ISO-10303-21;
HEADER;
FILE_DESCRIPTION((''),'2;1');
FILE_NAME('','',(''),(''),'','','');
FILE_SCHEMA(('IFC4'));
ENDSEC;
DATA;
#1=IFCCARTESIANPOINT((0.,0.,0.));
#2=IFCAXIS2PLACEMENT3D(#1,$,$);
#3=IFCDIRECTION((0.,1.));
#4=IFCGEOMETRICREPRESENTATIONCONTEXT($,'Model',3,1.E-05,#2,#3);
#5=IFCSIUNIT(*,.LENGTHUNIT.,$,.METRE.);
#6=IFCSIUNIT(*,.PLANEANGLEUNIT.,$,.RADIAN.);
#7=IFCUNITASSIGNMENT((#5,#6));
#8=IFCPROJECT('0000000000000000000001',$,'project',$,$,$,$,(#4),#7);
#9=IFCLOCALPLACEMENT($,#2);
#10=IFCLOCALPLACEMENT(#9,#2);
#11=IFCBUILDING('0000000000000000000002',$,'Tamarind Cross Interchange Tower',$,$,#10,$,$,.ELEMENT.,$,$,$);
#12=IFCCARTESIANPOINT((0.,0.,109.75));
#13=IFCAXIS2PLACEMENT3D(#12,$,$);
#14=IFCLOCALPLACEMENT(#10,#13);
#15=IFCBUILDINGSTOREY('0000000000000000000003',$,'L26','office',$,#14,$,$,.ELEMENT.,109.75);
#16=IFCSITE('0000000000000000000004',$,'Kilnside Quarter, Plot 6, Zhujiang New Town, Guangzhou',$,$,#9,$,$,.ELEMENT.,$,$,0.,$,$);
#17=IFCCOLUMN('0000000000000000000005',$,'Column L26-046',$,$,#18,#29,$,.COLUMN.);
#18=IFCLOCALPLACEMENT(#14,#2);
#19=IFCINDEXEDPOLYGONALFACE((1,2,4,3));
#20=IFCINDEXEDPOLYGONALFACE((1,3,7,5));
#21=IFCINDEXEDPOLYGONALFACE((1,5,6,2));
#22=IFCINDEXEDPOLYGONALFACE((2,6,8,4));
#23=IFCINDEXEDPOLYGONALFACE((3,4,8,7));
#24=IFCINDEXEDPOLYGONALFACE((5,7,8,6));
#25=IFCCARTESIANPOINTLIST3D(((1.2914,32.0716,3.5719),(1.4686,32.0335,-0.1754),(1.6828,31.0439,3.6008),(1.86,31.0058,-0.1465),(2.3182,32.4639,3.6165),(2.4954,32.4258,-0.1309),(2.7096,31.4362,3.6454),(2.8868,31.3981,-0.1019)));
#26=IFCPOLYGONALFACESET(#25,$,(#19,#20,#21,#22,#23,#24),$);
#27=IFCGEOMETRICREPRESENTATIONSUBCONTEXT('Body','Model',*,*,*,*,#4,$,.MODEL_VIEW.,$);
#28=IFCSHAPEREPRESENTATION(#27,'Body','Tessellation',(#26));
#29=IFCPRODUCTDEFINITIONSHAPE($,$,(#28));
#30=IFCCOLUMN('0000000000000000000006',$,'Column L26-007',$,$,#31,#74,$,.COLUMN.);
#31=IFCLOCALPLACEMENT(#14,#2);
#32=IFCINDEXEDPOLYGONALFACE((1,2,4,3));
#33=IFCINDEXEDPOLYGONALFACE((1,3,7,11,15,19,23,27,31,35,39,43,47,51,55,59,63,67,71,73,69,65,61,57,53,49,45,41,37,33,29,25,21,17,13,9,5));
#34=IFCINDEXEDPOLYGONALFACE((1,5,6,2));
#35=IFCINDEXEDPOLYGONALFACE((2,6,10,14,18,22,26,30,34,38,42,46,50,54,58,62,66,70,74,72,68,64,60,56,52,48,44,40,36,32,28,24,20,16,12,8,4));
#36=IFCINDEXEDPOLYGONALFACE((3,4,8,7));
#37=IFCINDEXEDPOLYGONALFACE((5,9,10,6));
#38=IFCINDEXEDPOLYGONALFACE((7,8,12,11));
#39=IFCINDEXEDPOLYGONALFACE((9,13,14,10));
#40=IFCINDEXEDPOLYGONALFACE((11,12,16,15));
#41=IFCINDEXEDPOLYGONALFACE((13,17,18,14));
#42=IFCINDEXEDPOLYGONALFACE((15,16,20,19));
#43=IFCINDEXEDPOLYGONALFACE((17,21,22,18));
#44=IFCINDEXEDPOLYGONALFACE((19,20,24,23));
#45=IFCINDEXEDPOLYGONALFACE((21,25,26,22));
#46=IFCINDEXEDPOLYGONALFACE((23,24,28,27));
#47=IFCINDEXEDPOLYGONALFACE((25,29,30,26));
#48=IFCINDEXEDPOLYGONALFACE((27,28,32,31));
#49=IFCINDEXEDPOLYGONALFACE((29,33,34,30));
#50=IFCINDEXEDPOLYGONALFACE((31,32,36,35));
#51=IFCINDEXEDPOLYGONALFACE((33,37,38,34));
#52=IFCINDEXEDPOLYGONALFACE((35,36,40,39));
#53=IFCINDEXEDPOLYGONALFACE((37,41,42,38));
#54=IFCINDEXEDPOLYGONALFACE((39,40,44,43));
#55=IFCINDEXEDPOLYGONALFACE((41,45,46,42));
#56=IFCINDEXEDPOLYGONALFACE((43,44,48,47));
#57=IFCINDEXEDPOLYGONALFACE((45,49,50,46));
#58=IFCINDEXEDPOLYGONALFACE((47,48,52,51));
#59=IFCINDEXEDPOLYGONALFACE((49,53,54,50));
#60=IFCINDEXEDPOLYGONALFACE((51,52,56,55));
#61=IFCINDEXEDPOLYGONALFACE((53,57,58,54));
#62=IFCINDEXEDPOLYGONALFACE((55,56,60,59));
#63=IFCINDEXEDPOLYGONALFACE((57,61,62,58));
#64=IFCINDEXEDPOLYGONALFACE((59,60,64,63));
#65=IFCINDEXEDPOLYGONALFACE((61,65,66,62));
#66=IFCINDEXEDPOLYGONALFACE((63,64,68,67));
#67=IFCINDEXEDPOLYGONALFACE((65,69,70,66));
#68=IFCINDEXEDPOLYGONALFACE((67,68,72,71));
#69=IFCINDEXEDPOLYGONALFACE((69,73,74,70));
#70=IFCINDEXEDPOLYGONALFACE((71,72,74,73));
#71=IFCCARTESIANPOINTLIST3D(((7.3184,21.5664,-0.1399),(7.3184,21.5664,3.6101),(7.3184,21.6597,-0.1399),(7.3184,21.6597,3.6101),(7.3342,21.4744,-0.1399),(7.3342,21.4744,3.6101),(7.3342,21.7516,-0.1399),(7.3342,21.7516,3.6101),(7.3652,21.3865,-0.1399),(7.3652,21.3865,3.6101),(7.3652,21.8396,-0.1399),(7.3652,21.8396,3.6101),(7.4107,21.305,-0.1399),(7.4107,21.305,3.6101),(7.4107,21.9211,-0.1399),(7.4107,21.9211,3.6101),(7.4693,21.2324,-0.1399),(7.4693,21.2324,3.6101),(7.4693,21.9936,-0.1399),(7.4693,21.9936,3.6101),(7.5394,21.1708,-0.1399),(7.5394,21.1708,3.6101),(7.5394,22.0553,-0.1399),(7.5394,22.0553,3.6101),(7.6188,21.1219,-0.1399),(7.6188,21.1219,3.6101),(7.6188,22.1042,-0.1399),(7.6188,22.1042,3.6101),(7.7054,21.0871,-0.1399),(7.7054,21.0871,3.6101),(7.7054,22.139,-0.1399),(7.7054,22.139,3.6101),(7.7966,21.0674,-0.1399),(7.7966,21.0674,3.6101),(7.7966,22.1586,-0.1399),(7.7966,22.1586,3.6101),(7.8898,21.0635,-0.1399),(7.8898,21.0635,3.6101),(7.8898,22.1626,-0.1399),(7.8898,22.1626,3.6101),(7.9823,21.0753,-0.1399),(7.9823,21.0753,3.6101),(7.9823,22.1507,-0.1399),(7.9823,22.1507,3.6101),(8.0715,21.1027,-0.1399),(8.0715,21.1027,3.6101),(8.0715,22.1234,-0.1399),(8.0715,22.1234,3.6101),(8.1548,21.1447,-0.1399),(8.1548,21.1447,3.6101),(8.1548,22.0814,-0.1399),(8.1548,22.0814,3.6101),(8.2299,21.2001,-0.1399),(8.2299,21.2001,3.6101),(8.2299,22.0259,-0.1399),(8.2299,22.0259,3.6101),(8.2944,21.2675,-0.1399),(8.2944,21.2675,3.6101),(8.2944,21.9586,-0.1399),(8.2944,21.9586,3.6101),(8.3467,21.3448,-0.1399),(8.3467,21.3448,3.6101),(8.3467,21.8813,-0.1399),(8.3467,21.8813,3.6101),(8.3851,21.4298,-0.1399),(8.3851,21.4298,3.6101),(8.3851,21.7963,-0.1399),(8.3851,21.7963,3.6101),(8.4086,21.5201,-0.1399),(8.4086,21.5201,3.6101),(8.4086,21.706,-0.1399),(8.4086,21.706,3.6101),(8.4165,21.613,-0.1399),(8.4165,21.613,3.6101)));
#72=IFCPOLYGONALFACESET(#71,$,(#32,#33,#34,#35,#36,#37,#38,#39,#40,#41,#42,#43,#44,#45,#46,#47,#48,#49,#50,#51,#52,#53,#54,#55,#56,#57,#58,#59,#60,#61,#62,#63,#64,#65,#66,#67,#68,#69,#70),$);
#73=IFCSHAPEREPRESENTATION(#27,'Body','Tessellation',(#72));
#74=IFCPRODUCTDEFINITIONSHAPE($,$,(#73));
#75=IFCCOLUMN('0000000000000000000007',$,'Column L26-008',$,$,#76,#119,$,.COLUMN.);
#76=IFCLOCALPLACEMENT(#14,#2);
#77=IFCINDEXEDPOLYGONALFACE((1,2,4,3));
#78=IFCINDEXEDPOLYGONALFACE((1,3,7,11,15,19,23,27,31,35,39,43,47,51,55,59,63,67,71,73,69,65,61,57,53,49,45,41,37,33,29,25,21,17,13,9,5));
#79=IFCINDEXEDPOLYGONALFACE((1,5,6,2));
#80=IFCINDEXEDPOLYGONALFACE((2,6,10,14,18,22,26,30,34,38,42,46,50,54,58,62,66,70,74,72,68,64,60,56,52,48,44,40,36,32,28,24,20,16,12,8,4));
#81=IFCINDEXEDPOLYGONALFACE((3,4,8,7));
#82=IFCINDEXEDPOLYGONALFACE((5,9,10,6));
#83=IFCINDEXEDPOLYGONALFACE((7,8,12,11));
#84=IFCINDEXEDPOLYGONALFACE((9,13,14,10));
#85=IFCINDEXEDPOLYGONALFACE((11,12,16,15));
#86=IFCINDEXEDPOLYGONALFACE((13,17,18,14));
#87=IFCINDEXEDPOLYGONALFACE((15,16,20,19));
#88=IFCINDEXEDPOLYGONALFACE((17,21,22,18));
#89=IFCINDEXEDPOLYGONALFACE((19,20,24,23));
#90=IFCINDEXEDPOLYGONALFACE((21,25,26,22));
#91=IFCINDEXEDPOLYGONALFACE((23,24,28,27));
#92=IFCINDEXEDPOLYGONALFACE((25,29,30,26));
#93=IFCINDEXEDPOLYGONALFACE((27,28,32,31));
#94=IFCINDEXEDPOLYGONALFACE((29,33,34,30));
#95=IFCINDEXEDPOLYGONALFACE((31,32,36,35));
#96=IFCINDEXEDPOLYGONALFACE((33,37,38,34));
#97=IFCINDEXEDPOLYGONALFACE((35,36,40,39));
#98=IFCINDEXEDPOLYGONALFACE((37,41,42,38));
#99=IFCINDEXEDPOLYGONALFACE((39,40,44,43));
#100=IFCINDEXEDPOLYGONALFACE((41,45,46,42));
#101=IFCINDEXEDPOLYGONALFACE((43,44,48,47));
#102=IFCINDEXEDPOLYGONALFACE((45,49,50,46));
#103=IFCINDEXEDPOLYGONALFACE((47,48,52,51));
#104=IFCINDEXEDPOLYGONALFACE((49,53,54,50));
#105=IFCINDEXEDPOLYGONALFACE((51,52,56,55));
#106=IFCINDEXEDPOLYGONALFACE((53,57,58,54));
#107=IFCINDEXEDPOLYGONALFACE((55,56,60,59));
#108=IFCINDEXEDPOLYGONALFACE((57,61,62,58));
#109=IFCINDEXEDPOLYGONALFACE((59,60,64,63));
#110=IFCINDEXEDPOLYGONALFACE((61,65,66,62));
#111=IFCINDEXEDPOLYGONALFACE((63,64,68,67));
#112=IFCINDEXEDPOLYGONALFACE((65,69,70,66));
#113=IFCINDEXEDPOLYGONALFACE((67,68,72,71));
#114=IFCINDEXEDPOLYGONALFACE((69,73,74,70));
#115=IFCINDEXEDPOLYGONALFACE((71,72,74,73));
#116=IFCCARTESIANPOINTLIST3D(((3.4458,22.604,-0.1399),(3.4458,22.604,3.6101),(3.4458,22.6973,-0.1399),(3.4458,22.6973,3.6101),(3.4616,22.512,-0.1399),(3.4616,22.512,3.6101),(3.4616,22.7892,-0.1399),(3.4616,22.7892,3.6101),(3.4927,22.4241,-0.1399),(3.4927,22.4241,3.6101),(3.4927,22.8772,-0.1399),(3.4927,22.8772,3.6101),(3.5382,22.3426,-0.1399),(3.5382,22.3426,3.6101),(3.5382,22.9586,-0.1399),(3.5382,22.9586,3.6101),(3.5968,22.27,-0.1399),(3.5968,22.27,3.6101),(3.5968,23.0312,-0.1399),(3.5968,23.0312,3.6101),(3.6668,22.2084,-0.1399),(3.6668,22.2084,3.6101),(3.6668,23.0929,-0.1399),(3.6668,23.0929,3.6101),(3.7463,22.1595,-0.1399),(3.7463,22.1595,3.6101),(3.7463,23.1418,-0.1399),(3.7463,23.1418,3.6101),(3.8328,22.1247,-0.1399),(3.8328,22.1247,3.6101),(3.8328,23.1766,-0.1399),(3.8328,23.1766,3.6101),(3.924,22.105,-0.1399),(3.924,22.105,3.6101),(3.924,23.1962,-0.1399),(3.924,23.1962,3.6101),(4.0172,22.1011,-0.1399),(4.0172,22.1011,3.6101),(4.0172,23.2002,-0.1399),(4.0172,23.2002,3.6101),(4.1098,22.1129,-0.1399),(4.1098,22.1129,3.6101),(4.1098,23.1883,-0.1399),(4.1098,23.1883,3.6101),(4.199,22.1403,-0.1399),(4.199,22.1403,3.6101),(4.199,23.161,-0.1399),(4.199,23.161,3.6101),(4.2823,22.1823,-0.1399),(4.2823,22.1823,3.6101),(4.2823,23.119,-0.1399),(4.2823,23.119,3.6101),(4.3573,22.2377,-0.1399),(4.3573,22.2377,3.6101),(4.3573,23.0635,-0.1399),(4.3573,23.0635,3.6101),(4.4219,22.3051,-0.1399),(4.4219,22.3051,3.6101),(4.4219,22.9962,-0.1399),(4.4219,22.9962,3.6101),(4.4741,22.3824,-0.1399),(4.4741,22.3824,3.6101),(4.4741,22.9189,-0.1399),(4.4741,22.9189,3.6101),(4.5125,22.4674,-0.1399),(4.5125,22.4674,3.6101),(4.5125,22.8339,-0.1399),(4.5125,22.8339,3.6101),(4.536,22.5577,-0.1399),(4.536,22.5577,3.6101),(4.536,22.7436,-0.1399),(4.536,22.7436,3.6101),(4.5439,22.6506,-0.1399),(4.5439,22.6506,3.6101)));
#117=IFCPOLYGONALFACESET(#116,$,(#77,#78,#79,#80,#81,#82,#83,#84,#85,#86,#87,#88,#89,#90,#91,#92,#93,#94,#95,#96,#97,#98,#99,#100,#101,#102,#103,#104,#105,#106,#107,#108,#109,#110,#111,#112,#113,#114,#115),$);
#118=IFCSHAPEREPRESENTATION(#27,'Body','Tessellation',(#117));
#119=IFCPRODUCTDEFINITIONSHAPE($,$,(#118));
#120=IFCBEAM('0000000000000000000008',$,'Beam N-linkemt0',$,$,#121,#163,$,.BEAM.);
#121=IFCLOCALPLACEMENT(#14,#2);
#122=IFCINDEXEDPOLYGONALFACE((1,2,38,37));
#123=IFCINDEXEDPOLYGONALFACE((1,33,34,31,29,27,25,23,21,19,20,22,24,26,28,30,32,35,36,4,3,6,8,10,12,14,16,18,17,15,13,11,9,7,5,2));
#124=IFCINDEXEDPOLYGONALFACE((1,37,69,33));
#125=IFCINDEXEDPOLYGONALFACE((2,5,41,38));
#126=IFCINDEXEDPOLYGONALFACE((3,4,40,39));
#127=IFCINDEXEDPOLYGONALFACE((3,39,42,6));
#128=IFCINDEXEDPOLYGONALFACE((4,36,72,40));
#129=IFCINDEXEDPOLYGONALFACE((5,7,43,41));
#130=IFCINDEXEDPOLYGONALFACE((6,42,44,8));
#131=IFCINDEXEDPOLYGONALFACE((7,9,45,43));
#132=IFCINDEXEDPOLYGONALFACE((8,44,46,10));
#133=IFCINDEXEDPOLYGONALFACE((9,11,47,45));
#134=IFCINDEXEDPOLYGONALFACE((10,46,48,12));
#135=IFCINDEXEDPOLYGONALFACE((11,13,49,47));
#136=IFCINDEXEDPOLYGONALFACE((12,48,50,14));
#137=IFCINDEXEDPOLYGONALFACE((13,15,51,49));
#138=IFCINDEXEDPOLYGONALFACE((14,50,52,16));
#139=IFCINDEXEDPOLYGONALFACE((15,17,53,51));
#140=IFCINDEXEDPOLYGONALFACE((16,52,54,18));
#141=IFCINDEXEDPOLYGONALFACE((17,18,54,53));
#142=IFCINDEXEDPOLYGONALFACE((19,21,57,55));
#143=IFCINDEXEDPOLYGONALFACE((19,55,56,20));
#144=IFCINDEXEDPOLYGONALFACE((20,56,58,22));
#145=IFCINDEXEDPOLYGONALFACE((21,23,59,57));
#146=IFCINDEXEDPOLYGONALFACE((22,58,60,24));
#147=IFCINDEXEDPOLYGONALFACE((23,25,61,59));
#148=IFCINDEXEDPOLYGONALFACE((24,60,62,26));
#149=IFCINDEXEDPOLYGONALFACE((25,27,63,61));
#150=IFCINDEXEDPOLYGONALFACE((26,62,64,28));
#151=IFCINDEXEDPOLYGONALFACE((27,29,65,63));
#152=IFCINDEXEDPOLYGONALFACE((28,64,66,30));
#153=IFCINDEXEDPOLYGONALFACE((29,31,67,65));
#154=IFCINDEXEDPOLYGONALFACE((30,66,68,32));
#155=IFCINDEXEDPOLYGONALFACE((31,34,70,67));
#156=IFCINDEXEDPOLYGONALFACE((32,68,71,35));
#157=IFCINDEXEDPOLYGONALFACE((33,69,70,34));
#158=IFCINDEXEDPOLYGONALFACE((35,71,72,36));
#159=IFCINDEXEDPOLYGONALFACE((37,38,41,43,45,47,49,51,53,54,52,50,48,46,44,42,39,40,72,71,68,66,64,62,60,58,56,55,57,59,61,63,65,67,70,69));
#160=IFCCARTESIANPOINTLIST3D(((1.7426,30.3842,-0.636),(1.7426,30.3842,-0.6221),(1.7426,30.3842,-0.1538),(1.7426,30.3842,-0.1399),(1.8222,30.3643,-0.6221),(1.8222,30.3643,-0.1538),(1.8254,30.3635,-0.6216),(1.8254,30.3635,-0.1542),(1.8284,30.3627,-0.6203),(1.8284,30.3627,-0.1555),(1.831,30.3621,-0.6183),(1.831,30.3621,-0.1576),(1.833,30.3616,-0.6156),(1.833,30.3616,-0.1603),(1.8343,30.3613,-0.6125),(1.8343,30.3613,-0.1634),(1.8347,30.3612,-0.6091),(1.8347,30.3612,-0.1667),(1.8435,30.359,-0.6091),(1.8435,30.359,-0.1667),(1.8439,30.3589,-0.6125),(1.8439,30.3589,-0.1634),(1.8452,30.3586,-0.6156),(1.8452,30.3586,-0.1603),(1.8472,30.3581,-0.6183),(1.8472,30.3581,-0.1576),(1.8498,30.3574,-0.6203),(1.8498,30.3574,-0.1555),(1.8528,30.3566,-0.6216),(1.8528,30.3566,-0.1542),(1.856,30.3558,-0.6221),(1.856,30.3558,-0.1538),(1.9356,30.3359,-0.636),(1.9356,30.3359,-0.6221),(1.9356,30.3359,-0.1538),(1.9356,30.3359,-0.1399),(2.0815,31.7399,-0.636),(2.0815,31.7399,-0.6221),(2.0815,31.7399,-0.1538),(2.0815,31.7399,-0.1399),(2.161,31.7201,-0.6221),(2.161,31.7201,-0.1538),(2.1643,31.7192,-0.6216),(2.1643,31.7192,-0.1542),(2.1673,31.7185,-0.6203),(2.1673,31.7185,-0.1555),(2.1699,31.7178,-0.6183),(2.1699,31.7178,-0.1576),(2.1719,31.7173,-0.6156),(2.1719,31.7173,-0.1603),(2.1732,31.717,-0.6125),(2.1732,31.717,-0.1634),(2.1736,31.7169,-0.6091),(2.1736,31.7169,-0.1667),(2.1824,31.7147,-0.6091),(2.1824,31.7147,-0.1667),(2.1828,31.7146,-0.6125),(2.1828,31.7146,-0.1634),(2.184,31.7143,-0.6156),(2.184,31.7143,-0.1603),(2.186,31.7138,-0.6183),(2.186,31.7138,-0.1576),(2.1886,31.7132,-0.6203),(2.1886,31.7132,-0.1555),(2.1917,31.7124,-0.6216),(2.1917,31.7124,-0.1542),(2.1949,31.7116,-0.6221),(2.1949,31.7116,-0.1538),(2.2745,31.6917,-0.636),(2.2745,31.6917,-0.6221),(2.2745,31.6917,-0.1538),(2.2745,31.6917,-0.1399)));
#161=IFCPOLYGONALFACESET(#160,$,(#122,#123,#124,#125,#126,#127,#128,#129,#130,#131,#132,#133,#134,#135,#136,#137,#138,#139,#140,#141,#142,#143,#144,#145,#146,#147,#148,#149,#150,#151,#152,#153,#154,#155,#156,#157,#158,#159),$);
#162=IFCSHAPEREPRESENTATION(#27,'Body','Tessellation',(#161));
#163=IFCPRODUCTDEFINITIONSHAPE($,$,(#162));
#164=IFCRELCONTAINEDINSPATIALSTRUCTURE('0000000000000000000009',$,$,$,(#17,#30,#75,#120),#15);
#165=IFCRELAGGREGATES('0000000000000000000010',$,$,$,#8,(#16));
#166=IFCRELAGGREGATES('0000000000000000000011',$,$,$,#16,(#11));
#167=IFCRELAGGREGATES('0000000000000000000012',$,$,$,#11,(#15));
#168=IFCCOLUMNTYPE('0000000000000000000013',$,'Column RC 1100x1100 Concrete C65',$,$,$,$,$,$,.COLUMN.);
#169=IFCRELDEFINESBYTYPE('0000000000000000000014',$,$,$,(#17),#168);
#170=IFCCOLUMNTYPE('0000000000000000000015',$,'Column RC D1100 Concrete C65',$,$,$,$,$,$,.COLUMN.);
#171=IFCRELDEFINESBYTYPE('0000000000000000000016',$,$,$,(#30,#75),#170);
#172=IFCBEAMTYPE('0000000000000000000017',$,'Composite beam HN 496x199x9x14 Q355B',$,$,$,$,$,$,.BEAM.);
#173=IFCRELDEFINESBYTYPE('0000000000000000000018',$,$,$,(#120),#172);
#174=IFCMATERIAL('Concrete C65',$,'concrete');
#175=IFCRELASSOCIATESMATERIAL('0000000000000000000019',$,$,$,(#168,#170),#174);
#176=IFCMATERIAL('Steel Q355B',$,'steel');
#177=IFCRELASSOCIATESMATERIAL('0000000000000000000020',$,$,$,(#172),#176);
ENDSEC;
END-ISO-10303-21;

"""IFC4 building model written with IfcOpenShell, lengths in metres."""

from ifc_helpers import new_model, si_unit, direction, frame, origin, origin_2d, place, context, subcontext, project, spatial, rectangle, circle, i_section, extrude, material, material_profile, profile_set, type_object, element, save


model = new_model("IFC4")

# Units and contexts
model_context = context("Model", 3, precision=1e-05, world=origin(), true_north=direction((0.0, 1.0)))
body_context = subcontext(model_context, "Body", "Model", "MODEL_VIEW")
ifc_project = project(units=[si_unit("LENGTHUNIT", "METRE"), si_unit("PLANEANGLEUNIT", "RADIAN")], contexts=[model_context])

# Site, building, storey
site_placement = place(None, origin())
site = spatial("IfcSite", under=ifc_project, at=site_placement, Name="Kilnside Quarter, Plot 6, Zhujiang New Town, Guangzhou", CompositionType="ELEMENT", RefElevation=0.0)
building_placement = place(site_placement, origin())
building = spatial("IfcBuilding", under=site, at=building_placement, Name="Tamarind Cross Interchange Tower", CompositionType="ELEMENT")
storey_placement = place(building_placement, frame((0.0, 0.0, 109.75)))
storey = spatial("IfcBuildingStorey", under=building, at=storey_placement, Name="L26", Description="office", CompositionType="ELEMENT", Elevation=109.75)

# Columns
ifc_material_1 = material(Name="Concrete C65", Category="concrete")
ifc_material_profile_1 = material_profile(ifc_material_1, rectangle(XDim=1.1001, YDim=1.1001, at=origin_2d()), Name="RC 1100x1100")
ifc_profile_set_1 = profile_set([ifc_material_profile_1], Name="Concrete C65")
column_type_1 = type_object("IfcColumnType", Name="Column RC 1100x1100 Concrete C65", PredefinedType="COLUMN", material=ifc_profile_set_1)
column_placement = place(storey_placement, frame((2.1777, 31.7158, -0.1387), z_axis=(-0.047244, 0.010152, 0.998832), x_axis=(0.355806, -0.934189, 0.026324)))
element("IfcColumn", 1, at=column_placement, inside=storey, type_object=column_type_1, Name="Column L26-046", PredefinedType="COLUMN", context=body_context, shape_type="SweptSolid", body=[
    extrude(rectangle(XDim=1.1001, YDim=1.1001, at=origin_2d()), origin(), (0.0, 0.0, 1.0), 3.7517),
])
ifc_material_profile_2 = material_profile(ifc_material_1, circle(Radius=0.55, at=origin_2d()), Name="RC D1100")
ifc_profile_set_2 = profile_set([ifc_material_profile_2], Name="Concrete C65")
column_type_2 = type_object("IfcColumnType", Name="Column RC D1100 Concrete C65", PredefinedType="COLUMN", material=ifc_profile_set_2)
for number, where, z_axis, x_axis, name in (
    (2, (7.8665, 21.613, -0.1399), (0.0, 0.0, 1.0), (1.0, 0.0, 0.0), "Column L26-007"),
    (3, (3.9939, 22.6506, -0.1399), (0.0, 0.0, 1.0), (1.0, 0.0, 0.0), "Column L26-008"),
):
    element("IfcColumn", number, at=place(storey_placement, frame(where, z_axis=z_axis, x_axis=x_axis)), inside=storey, type_object=column_type_2, Name=name, PredefinedType="COLUMN", context=body_context, shape_type="SweptSolid", body=[
        extrude(circle(Radius=0.55, at=origin_2d()), origin(), (0.0, 0.0, 1.0), 3.75),
    ])

# Beam
ifc_material_2 = material(Name="Steel Q355B", Category="steel")
ifc_material_profile_3 = material_profile(ifc_material_2, i_section(OverallWidth=0.199, OverallDepth=0.4961, WebThickness=0.009, FlangeThickness=0.0139, FilletRadius=0.0129, at=origin_2d()), Name="HN 496x199x9x14")
ifc_profile_set_3 = profile_set([ifc_material_profile_3], Name="Steel Q355B")
beam_type_1 = type_object("IfcBeamType", Name="Composite beam HN 496x199x9x14 Q355B", PredefinedType="BEAM", material=ifc_profile_set_3)
beam_1_placement = place(storey_placement, frame((2.178, 31.7158, -0.3879), z_axis=(-0.242495, -0.970153, 0.0), x_axis=(0.970153, -0.242495, 0.0)))
element("IfcBeam", 4, at=beam_1_placement, inside=storey, type_object=beam_type_1, Name="Beam N-linkemt0", PredefinedType="BEAM", context=body_context, shape_type="SweptSolid", body=[
    extrude(i_section(OverallWidth=0.199, OverallDepth=0.4961, WebThickness=0.009, FlangeThickness=0.0139, FilletRadius=0.0129, at=origin_2d()), origin(), (0.0, 0.0, 1.0), 1.3975),
])

save(model, "model.ifc")
